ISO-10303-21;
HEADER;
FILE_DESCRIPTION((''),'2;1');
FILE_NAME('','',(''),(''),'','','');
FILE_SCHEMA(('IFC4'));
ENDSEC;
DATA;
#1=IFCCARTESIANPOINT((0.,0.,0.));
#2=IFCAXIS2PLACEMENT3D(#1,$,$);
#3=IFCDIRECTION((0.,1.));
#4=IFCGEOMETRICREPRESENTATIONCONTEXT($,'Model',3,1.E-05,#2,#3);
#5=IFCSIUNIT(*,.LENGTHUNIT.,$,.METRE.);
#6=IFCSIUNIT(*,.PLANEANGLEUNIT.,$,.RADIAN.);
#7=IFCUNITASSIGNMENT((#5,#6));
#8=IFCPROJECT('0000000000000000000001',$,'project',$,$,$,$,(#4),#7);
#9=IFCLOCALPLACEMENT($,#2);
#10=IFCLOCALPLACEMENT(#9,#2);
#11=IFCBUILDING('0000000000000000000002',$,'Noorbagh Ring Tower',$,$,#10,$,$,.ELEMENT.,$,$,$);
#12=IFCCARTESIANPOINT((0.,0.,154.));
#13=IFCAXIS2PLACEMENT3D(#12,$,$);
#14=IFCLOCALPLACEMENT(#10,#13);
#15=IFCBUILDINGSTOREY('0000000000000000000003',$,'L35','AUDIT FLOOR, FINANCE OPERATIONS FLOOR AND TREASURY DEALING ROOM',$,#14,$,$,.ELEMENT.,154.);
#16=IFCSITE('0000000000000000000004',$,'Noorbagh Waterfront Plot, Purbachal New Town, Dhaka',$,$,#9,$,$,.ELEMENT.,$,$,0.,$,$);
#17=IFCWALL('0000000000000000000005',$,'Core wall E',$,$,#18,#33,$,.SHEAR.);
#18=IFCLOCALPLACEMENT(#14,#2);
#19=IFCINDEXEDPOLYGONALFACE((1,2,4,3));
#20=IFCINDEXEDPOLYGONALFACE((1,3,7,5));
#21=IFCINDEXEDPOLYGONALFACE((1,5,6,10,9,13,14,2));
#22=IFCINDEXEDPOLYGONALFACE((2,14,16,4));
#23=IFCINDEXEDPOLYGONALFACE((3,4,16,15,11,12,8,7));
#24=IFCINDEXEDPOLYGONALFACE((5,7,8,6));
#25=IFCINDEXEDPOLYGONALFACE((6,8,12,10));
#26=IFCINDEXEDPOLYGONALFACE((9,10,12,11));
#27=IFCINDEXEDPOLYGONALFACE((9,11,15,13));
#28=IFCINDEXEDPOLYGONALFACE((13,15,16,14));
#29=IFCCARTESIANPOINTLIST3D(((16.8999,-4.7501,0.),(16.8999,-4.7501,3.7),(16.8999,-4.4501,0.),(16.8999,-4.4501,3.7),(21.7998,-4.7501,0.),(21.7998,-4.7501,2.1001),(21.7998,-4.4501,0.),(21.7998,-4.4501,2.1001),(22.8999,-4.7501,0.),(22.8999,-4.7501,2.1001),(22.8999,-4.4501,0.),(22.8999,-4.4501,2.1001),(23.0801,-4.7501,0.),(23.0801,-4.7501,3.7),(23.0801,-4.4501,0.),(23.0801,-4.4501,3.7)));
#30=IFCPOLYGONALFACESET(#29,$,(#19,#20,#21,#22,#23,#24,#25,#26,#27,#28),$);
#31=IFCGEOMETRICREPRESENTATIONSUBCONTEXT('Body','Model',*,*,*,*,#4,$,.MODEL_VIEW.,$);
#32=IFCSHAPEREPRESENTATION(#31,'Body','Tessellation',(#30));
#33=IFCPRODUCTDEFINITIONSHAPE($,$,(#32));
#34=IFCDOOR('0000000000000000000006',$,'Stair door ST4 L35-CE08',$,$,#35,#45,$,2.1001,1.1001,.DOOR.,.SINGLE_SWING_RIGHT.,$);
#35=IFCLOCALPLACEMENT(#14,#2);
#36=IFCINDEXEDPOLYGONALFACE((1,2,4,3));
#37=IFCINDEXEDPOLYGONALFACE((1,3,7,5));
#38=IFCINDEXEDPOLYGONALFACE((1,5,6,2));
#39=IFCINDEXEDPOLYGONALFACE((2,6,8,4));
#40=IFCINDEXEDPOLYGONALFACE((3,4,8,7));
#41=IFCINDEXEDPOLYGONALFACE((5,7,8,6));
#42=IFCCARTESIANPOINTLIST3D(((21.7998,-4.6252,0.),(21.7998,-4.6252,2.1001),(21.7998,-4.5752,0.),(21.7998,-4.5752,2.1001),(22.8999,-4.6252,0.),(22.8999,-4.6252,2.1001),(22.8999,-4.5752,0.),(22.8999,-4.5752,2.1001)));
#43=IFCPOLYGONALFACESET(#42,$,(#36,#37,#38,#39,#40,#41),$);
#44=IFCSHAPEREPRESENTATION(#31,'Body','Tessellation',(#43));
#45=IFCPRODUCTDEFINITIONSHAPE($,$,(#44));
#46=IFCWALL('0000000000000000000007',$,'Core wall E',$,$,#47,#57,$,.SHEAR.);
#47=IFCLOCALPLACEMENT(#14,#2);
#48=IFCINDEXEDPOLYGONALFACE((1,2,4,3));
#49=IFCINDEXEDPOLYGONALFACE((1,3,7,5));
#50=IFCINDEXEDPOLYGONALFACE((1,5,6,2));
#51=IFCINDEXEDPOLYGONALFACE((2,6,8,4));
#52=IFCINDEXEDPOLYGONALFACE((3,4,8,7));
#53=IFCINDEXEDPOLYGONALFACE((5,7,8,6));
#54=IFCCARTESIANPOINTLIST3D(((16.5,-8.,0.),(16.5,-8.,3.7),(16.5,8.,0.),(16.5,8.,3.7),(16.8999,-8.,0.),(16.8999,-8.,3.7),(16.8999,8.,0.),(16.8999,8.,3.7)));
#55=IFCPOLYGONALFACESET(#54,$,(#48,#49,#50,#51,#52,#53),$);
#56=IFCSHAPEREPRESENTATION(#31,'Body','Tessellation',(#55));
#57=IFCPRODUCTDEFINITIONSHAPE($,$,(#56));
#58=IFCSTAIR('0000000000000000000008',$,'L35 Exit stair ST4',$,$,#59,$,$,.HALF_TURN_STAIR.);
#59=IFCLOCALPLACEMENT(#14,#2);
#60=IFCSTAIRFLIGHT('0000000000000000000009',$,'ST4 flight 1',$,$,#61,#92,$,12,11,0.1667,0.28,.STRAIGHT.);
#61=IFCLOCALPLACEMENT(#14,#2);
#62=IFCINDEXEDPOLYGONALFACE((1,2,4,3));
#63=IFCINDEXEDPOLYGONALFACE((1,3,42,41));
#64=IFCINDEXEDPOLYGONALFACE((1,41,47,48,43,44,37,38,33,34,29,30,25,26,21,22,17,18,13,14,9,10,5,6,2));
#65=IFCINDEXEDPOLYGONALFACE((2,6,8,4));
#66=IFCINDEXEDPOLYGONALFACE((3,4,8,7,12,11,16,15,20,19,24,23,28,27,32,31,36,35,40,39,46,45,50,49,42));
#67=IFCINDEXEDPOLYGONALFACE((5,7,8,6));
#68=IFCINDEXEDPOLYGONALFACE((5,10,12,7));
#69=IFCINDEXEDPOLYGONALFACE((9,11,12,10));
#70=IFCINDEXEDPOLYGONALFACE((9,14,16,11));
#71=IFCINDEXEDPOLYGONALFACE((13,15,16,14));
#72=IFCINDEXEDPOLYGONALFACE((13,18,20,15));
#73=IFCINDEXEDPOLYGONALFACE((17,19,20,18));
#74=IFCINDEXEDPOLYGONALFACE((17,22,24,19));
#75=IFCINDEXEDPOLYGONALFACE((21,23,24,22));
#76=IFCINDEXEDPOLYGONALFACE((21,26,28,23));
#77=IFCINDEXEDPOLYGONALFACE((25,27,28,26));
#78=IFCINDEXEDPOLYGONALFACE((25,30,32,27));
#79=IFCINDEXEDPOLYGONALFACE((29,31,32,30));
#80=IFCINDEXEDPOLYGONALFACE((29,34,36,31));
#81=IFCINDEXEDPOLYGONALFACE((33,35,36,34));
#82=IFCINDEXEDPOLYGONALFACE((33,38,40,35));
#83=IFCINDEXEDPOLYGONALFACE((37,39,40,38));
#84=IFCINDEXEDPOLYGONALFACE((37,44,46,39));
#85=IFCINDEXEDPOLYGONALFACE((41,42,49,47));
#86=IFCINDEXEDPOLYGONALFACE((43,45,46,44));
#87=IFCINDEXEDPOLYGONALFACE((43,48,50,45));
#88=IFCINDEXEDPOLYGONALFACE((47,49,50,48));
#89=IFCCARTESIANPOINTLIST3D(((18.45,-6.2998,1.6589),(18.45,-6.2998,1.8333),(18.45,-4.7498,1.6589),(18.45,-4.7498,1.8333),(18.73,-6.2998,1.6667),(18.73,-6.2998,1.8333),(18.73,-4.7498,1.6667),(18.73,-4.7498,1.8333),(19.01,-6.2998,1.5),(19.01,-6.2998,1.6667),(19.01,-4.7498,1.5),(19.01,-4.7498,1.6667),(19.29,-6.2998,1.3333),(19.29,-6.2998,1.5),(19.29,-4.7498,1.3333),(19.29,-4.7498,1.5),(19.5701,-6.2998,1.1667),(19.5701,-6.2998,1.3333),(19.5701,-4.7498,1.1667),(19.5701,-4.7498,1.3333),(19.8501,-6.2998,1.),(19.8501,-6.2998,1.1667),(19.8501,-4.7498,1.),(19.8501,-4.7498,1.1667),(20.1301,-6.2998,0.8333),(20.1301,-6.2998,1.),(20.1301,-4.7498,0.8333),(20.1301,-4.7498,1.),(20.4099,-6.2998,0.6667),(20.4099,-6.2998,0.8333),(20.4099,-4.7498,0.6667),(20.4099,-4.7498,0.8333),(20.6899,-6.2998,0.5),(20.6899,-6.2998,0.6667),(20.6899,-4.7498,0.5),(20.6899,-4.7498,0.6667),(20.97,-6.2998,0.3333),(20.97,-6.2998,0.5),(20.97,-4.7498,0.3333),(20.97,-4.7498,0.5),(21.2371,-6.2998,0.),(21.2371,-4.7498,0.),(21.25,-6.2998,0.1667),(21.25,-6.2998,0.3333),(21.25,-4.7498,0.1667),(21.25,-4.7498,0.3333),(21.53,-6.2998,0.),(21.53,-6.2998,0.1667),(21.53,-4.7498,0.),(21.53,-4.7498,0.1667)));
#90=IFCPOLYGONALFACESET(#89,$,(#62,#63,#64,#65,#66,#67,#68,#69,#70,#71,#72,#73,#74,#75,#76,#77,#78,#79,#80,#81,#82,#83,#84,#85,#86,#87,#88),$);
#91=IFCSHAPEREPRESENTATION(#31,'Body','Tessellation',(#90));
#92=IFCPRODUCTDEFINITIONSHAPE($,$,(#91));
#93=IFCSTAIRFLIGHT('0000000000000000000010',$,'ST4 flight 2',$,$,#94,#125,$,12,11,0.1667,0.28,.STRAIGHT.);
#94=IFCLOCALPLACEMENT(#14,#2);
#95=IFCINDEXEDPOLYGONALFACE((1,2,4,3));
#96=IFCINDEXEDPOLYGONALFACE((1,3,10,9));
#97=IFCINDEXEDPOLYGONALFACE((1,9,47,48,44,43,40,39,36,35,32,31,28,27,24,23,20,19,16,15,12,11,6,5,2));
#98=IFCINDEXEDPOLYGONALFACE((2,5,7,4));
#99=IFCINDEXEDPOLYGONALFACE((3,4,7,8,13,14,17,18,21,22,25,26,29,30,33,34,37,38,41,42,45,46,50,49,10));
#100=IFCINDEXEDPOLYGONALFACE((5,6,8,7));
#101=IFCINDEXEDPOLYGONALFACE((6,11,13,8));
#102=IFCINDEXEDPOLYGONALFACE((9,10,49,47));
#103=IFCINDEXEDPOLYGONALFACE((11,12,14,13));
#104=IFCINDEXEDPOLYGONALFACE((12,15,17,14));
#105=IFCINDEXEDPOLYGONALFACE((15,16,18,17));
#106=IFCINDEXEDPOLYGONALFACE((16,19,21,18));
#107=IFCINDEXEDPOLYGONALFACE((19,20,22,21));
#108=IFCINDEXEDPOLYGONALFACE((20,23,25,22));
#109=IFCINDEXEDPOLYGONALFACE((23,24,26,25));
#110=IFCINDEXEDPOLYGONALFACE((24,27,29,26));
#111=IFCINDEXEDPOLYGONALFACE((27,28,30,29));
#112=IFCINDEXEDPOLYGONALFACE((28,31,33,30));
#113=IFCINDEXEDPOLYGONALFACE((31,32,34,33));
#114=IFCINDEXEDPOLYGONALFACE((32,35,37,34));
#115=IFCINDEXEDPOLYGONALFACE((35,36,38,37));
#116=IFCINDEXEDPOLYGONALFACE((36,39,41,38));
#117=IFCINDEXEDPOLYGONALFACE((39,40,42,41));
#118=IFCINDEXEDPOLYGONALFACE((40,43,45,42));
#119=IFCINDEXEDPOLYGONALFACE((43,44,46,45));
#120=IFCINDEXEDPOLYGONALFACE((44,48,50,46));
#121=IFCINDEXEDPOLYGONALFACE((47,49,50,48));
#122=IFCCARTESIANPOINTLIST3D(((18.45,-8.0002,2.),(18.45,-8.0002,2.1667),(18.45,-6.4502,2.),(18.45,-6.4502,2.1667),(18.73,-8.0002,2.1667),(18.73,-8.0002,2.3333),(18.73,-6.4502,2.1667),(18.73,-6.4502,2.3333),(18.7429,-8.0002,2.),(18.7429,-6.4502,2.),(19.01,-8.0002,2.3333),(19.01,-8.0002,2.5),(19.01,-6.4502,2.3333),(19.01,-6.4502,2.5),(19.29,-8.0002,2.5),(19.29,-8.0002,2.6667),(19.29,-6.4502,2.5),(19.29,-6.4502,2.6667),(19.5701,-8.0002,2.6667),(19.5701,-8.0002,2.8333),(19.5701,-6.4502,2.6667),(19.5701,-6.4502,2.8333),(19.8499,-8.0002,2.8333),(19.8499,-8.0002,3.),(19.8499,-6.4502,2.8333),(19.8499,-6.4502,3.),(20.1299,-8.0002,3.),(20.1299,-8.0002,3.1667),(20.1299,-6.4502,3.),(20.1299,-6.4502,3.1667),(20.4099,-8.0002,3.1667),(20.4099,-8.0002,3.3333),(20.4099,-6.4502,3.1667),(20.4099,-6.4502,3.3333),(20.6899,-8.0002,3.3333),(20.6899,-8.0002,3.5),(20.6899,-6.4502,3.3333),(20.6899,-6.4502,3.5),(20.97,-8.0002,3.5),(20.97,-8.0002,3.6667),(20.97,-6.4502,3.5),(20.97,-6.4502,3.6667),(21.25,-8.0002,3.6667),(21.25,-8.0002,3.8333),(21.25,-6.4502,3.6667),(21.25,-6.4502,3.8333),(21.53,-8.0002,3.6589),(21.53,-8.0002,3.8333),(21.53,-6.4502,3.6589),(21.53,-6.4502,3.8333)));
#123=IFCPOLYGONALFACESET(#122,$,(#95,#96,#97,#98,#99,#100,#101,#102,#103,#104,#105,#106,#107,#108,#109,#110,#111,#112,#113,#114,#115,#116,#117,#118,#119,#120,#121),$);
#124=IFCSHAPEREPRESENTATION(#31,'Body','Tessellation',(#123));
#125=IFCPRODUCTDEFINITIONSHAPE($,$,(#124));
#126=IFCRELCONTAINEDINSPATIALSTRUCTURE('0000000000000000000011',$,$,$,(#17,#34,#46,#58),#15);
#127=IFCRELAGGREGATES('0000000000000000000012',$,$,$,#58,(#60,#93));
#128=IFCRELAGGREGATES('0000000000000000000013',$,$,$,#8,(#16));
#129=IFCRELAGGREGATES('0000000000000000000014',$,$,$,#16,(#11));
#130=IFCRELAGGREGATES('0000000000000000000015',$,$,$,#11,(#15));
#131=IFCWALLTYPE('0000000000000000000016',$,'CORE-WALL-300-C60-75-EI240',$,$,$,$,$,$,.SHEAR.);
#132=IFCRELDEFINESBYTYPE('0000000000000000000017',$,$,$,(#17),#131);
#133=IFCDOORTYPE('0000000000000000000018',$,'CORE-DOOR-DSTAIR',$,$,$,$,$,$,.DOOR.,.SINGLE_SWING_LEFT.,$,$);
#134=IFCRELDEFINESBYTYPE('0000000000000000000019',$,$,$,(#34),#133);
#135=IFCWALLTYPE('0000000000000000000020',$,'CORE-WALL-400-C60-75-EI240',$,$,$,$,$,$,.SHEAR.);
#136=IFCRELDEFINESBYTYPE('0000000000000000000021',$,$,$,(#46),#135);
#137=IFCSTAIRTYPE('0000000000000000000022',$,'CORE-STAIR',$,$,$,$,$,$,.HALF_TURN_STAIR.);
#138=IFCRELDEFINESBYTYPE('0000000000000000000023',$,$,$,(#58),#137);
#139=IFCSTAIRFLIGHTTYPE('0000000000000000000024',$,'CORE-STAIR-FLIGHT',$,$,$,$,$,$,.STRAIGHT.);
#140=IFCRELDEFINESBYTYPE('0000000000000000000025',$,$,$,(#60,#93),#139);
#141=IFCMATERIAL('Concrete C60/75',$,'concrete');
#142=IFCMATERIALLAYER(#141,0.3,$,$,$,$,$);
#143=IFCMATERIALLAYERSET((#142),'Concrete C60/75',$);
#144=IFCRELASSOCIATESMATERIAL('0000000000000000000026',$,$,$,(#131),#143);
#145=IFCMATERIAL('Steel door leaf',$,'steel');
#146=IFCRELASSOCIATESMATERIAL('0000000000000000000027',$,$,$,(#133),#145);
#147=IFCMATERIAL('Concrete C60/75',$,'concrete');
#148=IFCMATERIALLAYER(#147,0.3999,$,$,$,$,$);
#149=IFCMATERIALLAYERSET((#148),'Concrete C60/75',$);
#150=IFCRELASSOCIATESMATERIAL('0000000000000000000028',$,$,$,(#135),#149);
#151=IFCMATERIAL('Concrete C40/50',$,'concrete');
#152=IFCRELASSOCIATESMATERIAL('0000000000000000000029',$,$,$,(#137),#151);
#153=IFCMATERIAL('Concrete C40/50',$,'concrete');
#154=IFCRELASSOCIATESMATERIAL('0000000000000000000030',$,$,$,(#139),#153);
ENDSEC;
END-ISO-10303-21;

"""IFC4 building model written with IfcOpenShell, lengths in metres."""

from ifc_helpers import new_model, si_unit, direction, frame, frame_2d, origin, place, context, subcontext, project, spatial, polyline, rectangle, outline, extrude, material, layer, layer_set, type_object, element, fill, aggregate, save


model = new_model("IFC4")

# Units and contexts
model_context = context("Model", 3, precision=1e-05, world=origin(), true_north=direction((0.0, 1.0)))
body_context = subcontext(model_context, "Body", "Model", "MODEL_VIEW")
ifc_project = project(units=[si_unit("LENGTHUNIT", "METRE"), si_unit("PLANEANGLEUNIT", "RADIAN")], contexts=[model_context])

# Site, building, storey
site_placement = place(None, origin())
site = spatial("IfcSite", under=ifc_project, at=site_placement, Name="Noorbagh Waterfront Plot, Purbachal New Town, Dhaka", CompositionType="ELEMENT", RefElevation=0.0)
building_placement = place(site_placement, origin())
building = spatial("IfcBuilding", under=site, at=building_placement, Name="Noorbagh Ring Tower", CompositionType="ELEMENT")
storey_placement = place(building_placement, frame((0.0, 0.0, 154.0)))
storey = spatial("IfcBuildingStorey", under=building, at=storey_placement, Name="L35", Description="AUDIT FLOOR, FINANCE OPERATIONS FLOOR AND TREASURY DEALING ROOM", CompositionType="ELEMENT", Elevation=154.0)

# Wall, opening, door
ifc_material_1 = material(Name="Concrete C60/75", Category="concrete")
ifc_layer_1 = layer(ifc_material_1, 0.3)
ifc_layer_set_1 = layer_set([ifc_layer_1], Name="Concrete C60/75")
wall_type_1 = type_object("IfcWallType", Name="CORE-WALL-300-C60-75-EI240", PredefinedType="SHEAR", material=ifc_layer_set_1)
wall_1_placement = place(storey_placement, frame((16.8999, -4.6001, 0.0), z_axis=(0.0, 0.0, 1.0), x_axis=(1.0, 0.0, 0.0)))
wall_1 = element("IfcWall", 1, at=wall_1_placement, inside=storey, type_object=wall_type_1, Name="Core wall E", PredefinedType="SHEAR", context=body_context, shape_type="SweptSolid", body=[
    extrude(rectangle(XDim=6.1802, YDim=0.3, at=frame_2d((3.0901, 0.0))), origin(), (0.0, 0.0, 1.0), 3.7),
])
opening_1_placement = place(wall_1_placement, frame((4.8999, 0.0, 0.0)))
opening_1 = element("IfcOpeningElement", 2, at=opening_1_placement, cuts=wall_1, PredefinedType="OPENING", context=body_context, shape_type="SweptSolid", body=[
    extrude(rectangle(XDim=1.1001, YDim=2.1001, at=frame_2d((0.55, 1.05))), frame((0.0, 0.1602, 0.0), z_axis=(0.0, -1.0, 0.0), x_axis=(1.0, 0.0, 0.0)), (0.0, 0.0, 1.0), 0.3201),
])
ifc_material_2 = material(Name="Steel door leaf", Category="steel")
door_type_1 = type_object("IfcDoorType", Name="CORE-DOOR-DSTAIR", OperationType="SINGLE_SWING_LEFT", PredefinedType="DOOR", material=ifc_material_2)
door_1_placement = place(opening_1_placement, origin())
door_1 = element("IfcDoor", 3, at=door_1_placement, inside=storey, type_object=door_type_1, Name="Stair door ST4 L35-CE08", OperationType="SINGLE_SWING_RIGHT", OverallHeight=2.1001, OverallWidth=1.1001, PredefinedType="DOOR", context=body_context, shape_type="SweptSolid", body=[
    extrude(rectangle(XDim=1.1001, YDim=2.1001, at=frame_2d((0.55, 1.05))), frame((0.0, 0.0249, 0.0), z_axis=(0.0, -1.0, 0.0), x_axis=(1.0, 0.0, 0.0)), (0.0, 0.0, 1.0), 0.05),
])
fill(opening_1, door_1)

# Wall
ifc_material_3 = material(Name="Concrete C60/75", Category="concrete")
ifc_layer_2 = layer(ifc_material_3, 0.3999)
ifc_layer_set_2 = layer_set([ifc_layer_2], Name="Concrete C60/75")
wall_type_2 = type_object("IfcWallType", Name="CORE-WALL-400-C60-75-EI240", PredefinedType="SHEAR", material=ifc_layer_set_2)
wall_2_placement = place(storey_placement, frame((16.7, -8.0, 0.0), z_axis=(0.0, 0.0, 1.0), x_axis=(0.0, 1.0, 0.0)))
element("IfcWall", 4, at=wall_2_placement, inside=storey, type_object=wall_type_2, Name="Core wall E", PredefinedType="SHEAR", context=body_context, shape_type="SweptSolid", body=[
    extrude(rectangle(XDim=16.0, YDim=0.3999, at=frame_2d((8.0, 0.0))), origin(), (0.0, 0.0, 1.0), 3.7),
])

# Stair, stair flights
ifc_material_4 = material(Name="Concrete C40/50", Category="concrete")
stair_type = type_object("IfcStairType", Name="CORE-STAIR", PredefinedType="HALF_TURN_STAIR", material=ifc_material_4)
stair_placement = place(storey_placement, origin())
stair = element("IfcStair", 5, at=stair_placement, inside=storey, type_object=stair_type, Name="L35 Exit stair ST4", PredefinedType="HALF_TURN_STAIR")
ifc_material_5 = material(Name="Concrete C40/50", Category="concrete")
stair_flight_type = type_object("IfcStairFlightType", Name="CORE-STAIR-FLIGHT", PredefinedType="STRAIGHT", material=ifc_material_5)
stair_flight_1_placement = place(storey_placement, frame((21.53, -5.5249, 0.0), z_axis=(0.0, 0.0, 1.0), x_axis=(-1.0, 0.0, 0.0)))
stair_flight_1 = element("IfcStairFlight", 6, at=stair_flight_1_placement, type_object=stair_flight_type, Name="ST4 flight 1", NumberOfRisers=12, NumberOfTreads=11, PredefinedType="STRAIGHT", RiserHeight=0.1667, TreadLength=0.28, context=body_context, shape_type="SweptSolid", body=[
    extrude(outline(polyline([(0.0, 0.0), (0.0, 0.1667), (0.28, 0.1667), (0.28, 0.3333), (0.5601, 0.3333), (0.5601, 0.5), (0.8401, 0.5), (0.8401, 0.6667), (1.1201, 0.6667), (1.1201, 0.8333), (1.3999, 0.8333), (1.3999, 1.0), (1.6799, 1.0), (1.6799, 1.1667), (1.96, 1.1667), (1.96, 1.3333), (2.24, 1.3333), (2.24, 1.5), (2.52, 1.5), (2.52, 1.6667), (2.8, 1.6667), (2.8, 1.8333), (3.0801, 1.8333), (3.0801, 2.0), (3.0801, 1.6589), (0.293, 0.0), (0.0, 0.0)])), frame((0.0, 0.7749, 0.0), z_axis=(0.0, -1.0, 0.0), x_axis=(1.0, 0.0, 0.0)), (0.0, 0.0, 1.0), 1.55),
])
stair_flight_2_placement = place(storey_placement, frame((18.45, -7.2251, 2.0), z_axis=(0.0, 0.0, 1.0), x_axis=(1.0, 0.0, 0.0)))
stair_flight_2 = element("IfcStairFlight", 7, at=stair_flight_2_placement, type_object=stair_flight_type, Name="ST4 flight 2", NumberOfRisers=12, NumberOfTreads=11, PredefinedType="STRAIGHT", RiserHeight=0.1667, TreadLength=0.28, context=body_context, shape_type="SweptSolid", body=[
    extrude(outline(polyline([(0.0, 0.0), (0.0, 0.1667), (0.28, 0.1667), (0.28, 0.3333), (0.5601, 0.3333), (0.5601, 0.5), (0.8401, 0.5), (0.8401, 0.6667), (1.1201, 0.6667), (1.1201, 0.8333), (1.3999, 0.8333), (1.3999, 1.0), (1.6799, 1.0), (1.6799, 1.1667), (1.96, 1.1667), (1.96, 1.3333), (2.24, 1.3333), (2.24, 1.5), (2.52, 1.5), (2.52, 1.6667), (2.8, 1.6667), (2.8, 1.8333), (3.0801, 1.8333), (3.0801, 2.0), (3.0801, 1.6589), (0.293, 0.0), (0.0, 0.0)])), frame((0.0, 0.7749, 0.0), z_axis=(0.0, -1.0, 0.0), x_axis=(1.0, 0.0, 0.0)), (0.0, 0.0, 1.0), 1.55),
])
aggregate(stair, [stair_flight_1, stair_flight_2])

save(model, "model.ifc")
